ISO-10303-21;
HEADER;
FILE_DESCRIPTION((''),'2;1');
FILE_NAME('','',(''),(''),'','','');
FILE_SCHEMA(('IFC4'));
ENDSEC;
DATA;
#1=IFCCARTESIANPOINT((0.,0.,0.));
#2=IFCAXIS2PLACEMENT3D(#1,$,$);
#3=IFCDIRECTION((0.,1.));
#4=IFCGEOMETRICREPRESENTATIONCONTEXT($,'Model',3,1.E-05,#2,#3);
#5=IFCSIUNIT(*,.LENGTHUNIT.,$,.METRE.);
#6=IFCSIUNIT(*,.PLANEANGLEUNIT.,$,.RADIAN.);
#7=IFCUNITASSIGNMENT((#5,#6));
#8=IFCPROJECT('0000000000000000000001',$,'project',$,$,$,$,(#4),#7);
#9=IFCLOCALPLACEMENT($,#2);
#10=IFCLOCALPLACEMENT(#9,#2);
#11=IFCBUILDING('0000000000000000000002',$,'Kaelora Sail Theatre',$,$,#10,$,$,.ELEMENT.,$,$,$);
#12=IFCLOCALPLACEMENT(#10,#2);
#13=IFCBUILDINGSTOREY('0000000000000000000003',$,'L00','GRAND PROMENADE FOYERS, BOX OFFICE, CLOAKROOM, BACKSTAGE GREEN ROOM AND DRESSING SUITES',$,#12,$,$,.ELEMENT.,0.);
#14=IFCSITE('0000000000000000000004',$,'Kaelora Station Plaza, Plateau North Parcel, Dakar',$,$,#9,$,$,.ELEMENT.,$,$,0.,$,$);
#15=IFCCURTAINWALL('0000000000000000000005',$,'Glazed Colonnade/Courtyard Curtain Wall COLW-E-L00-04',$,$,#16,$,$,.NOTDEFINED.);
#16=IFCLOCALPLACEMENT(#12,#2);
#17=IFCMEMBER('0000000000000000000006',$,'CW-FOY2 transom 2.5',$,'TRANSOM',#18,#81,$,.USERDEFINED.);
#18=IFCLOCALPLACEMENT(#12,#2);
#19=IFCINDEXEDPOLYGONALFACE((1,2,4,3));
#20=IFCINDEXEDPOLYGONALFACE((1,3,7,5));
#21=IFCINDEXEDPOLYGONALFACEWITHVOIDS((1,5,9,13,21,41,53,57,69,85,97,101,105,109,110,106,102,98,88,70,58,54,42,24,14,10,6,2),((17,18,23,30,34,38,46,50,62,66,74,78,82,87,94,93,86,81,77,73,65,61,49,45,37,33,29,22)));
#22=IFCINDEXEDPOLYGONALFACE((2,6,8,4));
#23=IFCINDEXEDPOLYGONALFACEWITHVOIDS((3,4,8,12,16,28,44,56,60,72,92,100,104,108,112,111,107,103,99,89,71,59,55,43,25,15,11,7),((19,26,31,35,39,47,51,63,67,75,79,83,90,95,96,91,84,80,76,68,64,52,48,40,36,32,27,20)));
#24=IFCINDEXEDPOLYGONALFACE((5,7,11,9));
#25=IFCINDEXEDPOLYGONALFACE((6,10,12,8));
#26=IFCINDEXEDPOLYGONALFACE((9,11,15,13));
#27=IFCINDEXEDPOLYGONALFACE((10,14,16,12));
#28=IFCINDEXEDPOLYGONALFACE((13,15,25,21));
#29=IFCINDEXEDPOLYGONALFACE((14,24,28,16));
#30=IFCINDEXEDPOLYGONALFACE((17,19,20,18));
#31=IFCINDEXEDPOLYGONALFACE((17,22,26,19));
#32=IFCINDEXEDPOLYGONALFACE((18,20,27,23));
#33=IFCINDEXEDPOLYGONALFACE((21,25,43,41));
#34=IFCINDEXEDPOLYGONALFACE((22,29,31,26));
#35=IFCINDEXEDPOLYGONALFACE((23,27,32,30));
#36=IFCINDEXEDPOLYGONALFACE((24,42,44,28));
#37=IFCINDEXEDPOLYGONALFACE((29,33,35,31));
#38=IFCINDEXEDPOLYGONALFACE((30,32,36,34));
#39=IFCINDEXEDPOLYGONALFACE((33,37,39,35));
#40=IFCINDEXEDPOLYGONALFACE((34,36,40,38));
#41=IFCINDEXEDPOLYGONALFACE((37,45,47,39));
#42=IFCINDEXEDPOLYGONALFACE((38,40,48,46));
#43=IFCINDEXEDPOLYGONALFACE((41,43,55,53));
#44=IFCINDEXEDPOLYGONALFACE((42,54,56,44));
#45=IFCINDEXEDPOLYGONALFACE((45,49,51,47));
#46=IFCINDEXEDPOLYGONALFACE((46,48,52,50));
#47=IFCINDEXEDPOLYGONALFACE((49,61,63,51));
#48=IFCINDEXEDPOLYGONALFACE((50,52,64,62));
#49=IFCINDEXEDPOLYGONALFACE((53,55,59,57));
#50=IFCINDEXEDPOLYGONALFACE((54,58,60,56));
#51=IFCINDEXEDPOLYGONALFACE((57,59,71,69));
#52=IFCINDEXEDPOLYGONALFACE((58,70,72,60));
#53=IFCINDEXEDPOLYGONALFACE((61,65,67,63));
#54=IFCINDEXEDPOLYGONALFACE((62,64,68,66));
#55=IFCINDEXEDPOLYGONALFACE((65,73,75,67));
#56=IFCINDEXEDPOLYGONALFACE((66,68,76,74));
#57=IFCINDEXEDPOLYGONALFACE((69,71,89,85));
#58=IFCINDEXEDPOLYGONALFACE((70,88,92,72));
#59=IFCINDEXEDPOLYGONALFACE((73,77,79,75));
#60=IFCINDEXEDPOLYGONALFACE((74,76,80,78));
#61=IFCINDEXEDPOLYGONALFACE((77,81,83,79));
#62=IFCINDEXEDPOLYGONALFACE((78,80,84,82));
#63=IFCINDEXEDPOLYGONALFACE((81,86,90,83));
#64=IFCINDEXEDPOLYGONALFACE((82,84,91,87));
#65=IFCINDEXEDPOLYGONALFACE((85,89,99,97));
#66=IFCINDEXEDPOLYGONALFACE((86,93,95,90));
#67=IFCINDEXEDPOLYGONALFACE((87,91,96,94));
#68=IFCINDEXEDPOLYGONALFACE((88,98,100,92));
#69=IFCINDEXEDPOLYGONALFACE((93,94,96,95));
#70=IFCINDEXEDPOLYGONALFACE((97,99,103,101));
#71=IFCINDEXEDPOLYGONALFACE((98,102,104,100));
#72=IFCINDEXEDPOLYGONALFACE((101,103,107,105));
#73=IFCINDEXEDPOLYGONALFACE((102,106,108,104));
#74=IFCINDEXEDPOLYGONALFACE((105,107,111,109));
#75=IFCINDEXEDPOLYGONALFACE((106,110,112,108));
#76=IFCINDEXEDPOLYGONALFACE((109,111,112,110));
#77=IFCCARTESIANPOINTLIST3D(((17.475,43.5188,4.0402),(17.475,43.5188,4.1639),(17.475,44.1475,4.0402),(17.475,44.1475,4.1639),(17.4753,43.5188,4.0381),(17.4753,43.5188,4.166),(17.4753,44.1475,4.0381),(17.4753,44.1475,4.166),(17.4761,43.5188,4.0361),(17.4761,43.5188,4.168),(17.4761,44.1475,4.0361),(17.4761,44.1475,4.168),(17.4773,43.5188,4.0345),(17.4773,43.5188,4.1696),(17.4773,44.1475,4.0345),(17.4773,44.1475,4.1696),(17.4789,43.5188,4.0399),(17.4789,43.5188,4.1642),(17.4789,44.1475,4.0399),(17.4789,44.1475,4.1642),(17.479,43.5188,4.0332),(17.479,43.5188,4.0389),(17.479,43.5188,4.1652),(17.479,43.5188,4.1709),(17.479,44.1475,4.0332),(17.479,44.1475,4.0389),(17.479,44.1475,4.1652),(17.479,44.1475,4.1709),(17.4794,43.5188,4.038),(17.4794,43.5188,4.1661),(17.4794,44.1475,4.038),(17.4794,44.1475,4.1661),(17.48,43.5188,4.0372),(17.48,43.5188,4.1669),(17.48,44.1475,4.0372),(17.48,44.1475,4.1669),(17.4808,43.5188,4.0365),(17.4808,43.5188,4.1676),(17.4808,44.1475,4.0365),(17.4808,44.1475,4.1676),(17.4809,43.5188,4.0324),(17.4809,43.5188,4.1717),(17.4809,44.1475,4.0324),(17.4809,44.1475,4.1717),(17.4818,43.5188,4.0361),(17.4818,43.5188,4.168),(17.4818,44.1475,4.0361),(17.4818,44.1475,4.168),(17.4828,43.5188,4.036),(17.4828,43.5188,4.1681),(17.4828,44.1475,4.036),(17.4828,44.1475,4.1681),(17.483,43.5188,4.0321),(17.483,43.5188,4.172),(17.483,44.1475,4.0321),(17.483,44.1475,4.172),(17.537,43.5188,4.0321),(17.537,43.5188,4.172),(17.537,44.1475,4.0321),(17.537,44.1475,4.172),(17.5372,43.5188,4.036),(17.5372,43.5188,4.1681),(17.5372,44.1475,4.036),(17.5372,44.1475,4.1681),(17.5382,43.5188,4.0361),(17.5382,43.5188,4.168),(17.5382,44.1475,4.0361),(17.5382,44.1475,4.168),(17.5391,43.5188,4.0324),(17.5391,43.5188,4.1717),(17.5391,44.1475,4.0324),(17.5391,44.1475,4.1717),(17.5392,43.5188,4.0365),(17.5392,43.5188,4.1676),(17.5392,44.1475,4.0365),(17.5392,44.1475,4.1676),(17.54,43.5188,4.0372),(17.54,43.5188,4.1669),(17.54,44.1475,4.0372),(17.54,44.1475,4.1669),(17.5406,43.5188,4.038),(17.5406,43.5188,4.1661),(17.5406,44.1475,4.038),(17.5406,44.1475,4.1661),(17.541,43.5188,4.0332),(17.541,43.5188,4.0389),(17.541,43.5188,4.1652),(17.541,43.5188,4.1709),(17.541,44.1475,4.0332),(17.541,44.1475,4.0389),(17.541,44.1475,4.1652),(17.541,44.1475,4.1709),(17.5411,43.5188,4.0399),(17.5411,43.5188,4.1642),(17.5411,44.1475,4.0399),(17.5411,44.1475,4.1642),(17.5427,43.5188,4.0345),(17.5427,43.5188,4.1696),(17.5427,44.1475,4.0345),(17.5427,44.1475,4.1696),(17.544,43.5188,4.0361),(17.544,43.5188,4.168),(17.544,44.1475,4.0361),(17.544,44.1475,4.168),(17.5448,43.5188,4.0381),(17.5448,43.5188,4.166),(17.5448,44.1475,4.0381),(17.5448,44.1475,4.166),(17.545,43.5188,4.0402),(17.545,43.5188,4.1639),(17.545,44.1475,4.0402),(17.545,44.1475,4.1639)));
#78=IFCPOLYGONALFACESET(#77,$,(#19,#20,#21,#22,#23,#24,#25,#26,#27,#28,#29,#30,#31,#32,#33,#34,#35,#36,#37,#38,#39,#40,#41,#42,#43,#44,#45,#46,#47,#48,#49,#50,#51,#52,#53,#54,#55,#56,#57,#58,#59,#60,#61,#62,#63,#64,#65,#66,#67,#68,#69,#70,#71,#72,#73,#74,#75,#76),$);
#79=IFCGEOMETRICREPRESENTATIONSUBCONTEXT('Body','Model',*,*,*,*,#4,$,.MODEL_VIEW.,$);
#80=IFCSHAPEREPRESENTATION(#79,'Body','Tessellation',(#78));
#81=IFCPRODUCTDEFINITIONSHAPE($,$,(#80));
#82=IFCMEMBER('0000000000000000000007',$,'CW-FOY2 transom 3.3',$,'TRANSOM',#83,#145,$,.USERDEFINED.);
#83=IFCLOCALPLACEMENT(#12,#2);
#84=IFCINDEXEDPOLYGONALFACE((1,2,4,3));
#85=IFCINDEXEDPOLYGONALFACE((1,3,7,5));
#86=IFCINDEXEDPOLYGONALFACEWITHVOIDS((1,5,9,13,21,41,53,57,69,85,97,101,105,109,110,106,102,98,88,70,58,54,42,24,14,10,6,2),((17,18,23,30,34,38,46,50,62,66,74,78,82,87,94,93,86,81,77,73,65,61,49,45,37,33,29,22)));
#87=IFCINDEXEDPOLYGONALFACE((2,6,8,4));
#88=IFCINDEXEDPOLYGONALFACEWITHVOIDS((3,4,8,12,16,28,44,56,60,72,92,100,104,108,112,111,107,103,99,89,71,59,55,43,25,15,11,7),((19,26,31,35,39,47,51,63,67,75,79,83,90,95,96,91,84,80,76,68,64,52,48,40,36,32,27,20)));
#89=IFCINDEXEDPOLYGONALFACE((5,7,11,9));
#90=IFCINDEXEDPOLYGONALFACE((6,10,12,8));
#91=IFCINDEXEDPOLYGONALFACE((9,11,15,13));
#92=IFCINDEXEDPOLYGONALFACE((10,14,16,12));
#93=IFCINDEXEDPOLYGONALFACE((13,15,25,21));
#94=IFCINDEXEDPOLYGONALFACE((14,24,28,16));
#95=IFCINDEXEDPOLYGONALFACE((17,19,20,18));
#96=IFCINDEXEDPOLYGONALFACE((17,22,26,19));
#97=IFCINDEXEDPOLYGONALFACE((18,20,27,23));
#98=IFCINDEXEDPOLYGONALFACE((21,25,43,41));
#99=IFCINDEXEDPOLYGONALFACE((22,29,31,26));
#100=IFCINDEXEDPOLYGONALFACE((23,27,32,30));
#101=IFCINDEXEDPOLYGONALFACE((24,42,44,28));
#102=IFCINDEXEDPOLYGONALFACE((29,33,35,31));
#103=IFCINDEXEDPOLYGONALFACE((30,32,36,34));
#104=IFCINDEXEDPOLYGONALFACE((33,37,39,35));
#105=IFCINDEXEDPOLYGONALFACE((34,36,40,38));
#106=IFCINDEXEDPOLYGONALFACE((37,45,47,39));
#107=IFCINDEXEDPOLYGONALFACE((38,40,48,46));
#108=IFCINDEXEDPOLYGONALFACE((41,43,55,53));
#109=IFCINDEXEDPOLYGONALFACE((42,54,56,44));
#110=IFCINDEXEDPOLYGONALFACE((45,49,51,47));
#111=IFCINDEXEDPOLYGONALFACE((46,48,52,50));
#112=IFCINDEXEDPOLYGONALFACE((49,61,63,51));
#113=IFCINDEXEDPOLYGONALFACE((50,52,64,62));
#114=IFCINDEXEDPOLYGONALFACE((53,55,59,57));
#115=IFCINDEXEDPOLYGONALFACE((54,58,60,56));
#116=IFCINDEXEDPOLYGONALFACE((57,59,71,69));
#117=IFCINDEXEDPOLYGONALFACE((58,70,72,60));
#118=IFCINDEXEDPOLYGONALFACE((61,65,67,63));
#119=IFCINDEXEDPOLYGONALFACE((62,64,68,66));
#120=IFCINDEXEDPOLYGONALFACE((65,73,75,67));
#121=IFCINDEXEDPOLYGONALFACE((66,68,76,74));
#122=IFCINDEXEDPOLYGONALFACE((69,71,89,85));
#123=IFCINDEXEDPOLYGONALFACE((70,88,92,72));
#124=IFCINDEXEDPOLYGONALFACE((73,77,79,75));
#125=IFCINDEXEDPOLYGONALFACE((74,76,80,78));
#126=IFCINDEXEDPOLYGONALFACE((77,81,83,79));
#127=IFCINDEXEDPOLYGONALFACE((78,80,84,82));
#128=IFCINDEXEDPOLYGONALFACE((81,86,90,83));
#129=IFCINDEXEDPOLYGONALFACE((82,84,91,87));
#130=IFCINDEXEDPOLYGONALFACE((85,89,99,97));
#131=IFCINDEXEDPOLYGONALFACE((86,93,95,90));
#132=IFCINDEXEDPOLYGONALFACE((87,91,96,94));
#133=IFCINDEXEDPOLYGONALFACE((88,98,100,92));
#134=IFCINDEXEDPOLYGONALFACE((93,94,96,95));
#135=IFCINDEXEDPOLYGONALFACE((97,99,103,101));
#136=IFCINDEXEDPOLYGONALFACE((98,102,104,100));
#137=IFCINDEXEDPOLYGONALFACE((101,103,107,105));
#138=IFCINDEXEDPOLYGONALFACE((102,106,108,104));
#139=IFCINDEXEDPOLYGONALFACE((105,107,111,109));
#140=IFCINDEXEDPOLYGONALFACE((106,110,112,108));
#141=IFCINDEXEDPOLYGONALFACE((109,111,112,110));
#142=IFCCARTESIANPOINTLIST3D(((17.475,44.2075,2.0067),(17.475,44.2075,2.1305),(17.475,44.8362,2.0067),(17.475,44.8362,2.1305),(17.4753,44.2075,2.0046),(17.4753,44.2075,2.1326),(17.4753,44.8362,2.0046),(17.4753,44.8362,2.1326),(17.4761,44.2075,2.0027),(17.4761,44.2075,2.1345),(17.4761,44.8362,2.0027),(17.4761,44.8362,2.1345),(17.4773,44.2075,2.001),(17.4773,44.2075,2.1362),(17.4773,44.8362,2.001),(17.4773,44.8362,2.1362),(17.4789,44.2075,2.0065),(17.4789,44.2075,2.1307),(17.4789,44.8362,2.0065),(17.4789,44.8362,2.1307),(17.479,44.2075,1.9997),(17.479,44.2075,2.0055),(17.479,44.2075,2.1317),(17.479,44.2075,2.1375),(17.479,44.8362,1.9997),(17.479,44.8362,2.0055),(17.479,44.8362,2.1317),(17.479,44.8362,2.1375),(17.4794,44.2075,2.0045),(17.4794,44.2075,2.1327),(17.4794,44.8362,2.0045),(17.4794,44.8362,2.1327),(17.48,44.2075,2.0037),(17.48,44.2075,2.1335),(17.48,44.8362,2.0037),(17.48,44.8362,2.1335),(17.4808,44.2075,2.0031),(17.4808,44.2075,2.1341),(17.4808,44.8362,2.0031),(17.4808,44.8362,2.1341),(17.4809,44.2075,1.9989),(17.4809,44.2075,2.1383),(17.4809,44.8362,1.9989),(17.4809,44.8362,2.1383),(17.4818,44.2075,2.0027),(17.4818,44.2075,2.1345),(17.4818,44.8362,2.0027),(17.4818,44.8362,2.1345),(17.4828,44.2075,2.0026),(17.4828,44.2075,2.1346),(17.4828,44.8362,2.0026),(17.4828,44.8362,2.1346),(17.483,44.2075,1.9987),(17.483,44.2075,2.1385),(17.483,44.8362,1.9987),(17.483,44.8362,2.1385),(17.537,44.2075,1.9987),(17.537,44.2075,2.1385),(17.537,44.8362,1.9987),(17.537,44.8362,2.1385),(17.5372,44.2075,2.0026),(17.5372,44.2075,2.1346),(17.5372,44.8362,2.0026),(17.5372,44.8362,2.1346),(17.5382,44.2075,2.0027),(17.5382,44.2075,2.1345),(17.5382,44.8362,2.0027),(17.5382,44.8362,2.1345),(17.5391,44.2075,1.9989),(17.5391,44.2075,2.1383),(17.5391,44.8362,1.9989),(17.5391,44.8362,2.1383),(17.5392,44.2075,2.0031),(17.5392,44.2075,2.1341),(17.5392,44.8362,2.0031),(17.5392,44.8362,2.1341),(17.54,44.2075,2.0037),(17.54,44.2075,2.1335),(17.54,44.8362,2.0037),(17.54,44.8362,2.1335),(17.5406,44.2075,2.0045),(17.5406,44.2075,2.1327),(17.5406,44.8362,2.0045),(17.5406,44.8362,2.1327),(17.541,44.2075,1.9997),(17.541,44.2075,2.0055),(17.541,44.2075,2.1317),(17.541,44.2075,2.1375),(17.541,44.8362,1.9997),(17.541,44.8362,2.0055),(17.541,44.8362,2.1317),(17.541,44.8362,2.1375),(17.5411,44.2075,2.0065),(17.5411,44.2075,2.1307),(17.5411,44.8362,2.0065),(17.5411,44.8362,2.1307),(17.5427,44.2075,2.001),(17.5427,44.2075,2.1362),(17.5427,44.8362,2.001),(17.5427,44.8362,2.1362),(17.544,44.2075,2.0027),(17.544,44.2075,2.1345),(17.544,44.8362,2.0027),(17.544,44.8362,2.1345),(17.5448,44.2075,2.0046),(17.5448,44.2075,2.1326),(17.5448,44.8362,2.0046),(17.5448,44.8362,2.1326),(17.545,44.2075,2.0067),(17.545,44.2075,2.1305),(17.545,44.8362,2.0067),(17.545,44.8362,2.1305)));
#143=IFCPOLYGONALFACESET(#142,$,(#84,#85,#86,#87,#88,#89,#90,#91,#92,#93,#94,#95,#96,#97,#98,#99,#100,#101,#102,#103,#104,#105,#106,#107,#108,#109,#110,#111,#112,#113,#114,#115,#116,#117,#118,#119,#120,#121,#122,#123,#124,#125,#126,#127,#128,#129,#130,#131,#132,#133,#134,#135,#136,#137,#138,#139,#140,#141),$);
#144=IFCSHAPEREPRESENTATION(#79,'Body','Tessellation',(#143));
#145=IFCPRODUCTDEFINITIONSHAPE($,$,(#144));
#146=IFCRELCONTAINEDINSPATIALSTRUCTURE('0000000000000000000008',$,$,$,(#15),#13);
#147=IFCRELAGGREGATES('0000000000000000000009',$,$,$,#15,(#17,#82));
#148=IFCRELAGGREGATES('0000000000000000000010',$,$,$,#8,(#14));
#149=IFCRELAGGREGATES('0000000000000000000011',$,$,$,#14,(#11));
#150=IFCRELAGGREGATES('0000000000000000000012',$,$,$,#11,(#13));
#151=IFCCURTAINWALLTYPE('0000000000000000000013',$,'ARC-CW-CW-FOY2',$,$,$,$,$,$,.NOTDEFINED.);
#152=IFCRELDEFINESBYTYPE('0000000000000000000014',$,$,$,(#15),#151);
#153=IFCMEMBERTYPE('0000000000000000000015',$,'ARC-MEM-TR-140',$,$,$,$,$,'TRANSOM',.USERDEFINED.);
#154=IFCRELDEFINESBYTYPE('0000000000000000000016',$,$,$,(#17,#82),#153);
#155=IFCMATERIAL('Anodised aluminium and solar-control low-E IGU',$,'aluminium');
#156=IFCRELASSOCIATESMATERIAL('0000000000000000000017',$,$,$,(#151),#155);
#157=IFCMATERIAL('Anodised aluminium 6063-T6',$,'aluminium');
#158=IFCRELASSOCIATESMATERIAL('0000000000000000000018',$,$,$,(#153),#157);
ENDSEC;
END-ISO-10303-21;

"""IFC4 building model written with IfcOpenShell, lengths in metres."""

from ifc_helpers import new_model, si_unit, direction, frame, origin, origin_2d, place, context, subcontext, project, spatial, hollow_rectangle, extrude, material, material_profile, profile_set, type_object, element, aggregate, save


model = new_model("IFC4")

# Units and contexts
model_context = context("Model", 3, precision=1e-05, world=origin(), true_north=direction((0.0, 1.0)))
body_context = subcontext(model_context, "Body", "Model", "MODEL_VIEW")
ifc_project = project(units=[si_unit("LENGTHUNIT", "METRE"), si_unit("PLANEANGLEUNIT", "RADIAN")], contexts=[model_context])

# Site, building, storey
site_placement = place(None, origin())
site = spatial("IfcSite", under=ifc_project, at=site_placement, Name="Kaelora Station Plaza, Plateau North Parcel, Dakar", CompositionType="ELEMENT", RefElevation=0.0)
building_placement = place(site_placement, origin())
building = spatial("IfcBuilding", under=site, at=building_placement, Name="Kaelora Sail Theatre", CompositionType="ELEMENT")
storey_placement = place(building_placement, origin())
storey = spatial("IfcBuildingStorey", under=building, at=storey_placement, Name="L00", Description="GRAND PROMENADE FOYERS, BOX OFFICE, CLOAKROOM, BACKSTAGE GREEN ROOM AND DRESSING SUITES", CompositionType="ELEMENT", Elevation=0.0)

# Curtain wall, members
ifc_material_1 = material(Name="Anodised aluminium and solar-control low-E IGU", Category="aluminium")
curtain_wall_type = type_object("IfcCurtainWallType", Name="ARC-CW-CW-FOY2", PredefinedType="NOTDEFINED", material=ifc_material_1)
curtain_wall_1_placement = place(storey_placement, origin())
curtain_wall_1 = element("IfcCurtainWall", 1, at=curtain_wall_1_placement, inside=storey, type_object=curtain_wall_type, Name="Glazed Colonnade/Courtyard Curtain Wall COLW-E-L00-04", PredefinedType="NOTDEFINED")
ifc_material_2 = material(Name="Anodised aluminium 6063-T6", Category="aluminium")
ifc_material_profile = material_profile(ifc_material_2, hollow_rectangle(XDim=0.0701, YDim=0.1399, WallThickness=0.0039, InnerFilletRadius=0.0039, OuterFilletRadius=0.0081, at=origin_2d()), Name="ALU-TRAN 70x140x4")
ifc_profile_set = profile_set([ifc_material_profile], Name="Anodised aluminium 6063-T6")
member_type = type_object("IfcMemberType", Name="ARC-MEM-TR-140", ElementType="TRANSOM", PredefinedType="USERDEFINED", material=ifc_profile_set)
member_1_placement = place(storey_placement, frame((17.51, 43.5188, 4.1021), z_axis=(0.0, 1.0, 0.0), x_axis=(-1.0, 0.0, 0.0)))
member_1 = element("IfcMember", 2, at=member_1_placement, type_object=member_type, Name="CW-FOY2 transom 2.5", ObjectType="TRANSOM", PredefinedType="USERDEFINED", context=body_context, shape_type="SweptSolid", body=[
    extrude(hollow_rectangle(XDim=0.0701, YDim=0.1399, WallThickness=0.0039, InnerFilletRadius=0.0039, OuterFilletRadius=0.0081, at=origin_2d()), origin(), (0.0, 0.0, 1.0), 0.6287),
])
member_2_placement = place(storey_placement, frame((17.51, 44.2075, 2.0686), z_axis=(0.0, 1.0, 0.0), x_axis=(-1.0, 0.0, 0.0)))
member_2 = element("IfcMember", 3, at=member_2_placement, type_object=member_type, Name="CW-FOY2 transom 3.3", ObjectType="TRANSOM", PredefinedType="USERDEFINED", context=body_context, shape_type="SweptSolid", body=[
    extrude(hollow_rectangle(XDim=0.0701, YDim=0.1399, WallThickness=0.0039, InnerFilletRadius=0.0039, OuterFilletRadius=0.0081, at=origin_2d()), origin(), (0.0, 0.0, 1.0), 0.6287),
])

aggregate(curtain_wall_1, [member_1, member_2])

save(model, "model.ifc")
